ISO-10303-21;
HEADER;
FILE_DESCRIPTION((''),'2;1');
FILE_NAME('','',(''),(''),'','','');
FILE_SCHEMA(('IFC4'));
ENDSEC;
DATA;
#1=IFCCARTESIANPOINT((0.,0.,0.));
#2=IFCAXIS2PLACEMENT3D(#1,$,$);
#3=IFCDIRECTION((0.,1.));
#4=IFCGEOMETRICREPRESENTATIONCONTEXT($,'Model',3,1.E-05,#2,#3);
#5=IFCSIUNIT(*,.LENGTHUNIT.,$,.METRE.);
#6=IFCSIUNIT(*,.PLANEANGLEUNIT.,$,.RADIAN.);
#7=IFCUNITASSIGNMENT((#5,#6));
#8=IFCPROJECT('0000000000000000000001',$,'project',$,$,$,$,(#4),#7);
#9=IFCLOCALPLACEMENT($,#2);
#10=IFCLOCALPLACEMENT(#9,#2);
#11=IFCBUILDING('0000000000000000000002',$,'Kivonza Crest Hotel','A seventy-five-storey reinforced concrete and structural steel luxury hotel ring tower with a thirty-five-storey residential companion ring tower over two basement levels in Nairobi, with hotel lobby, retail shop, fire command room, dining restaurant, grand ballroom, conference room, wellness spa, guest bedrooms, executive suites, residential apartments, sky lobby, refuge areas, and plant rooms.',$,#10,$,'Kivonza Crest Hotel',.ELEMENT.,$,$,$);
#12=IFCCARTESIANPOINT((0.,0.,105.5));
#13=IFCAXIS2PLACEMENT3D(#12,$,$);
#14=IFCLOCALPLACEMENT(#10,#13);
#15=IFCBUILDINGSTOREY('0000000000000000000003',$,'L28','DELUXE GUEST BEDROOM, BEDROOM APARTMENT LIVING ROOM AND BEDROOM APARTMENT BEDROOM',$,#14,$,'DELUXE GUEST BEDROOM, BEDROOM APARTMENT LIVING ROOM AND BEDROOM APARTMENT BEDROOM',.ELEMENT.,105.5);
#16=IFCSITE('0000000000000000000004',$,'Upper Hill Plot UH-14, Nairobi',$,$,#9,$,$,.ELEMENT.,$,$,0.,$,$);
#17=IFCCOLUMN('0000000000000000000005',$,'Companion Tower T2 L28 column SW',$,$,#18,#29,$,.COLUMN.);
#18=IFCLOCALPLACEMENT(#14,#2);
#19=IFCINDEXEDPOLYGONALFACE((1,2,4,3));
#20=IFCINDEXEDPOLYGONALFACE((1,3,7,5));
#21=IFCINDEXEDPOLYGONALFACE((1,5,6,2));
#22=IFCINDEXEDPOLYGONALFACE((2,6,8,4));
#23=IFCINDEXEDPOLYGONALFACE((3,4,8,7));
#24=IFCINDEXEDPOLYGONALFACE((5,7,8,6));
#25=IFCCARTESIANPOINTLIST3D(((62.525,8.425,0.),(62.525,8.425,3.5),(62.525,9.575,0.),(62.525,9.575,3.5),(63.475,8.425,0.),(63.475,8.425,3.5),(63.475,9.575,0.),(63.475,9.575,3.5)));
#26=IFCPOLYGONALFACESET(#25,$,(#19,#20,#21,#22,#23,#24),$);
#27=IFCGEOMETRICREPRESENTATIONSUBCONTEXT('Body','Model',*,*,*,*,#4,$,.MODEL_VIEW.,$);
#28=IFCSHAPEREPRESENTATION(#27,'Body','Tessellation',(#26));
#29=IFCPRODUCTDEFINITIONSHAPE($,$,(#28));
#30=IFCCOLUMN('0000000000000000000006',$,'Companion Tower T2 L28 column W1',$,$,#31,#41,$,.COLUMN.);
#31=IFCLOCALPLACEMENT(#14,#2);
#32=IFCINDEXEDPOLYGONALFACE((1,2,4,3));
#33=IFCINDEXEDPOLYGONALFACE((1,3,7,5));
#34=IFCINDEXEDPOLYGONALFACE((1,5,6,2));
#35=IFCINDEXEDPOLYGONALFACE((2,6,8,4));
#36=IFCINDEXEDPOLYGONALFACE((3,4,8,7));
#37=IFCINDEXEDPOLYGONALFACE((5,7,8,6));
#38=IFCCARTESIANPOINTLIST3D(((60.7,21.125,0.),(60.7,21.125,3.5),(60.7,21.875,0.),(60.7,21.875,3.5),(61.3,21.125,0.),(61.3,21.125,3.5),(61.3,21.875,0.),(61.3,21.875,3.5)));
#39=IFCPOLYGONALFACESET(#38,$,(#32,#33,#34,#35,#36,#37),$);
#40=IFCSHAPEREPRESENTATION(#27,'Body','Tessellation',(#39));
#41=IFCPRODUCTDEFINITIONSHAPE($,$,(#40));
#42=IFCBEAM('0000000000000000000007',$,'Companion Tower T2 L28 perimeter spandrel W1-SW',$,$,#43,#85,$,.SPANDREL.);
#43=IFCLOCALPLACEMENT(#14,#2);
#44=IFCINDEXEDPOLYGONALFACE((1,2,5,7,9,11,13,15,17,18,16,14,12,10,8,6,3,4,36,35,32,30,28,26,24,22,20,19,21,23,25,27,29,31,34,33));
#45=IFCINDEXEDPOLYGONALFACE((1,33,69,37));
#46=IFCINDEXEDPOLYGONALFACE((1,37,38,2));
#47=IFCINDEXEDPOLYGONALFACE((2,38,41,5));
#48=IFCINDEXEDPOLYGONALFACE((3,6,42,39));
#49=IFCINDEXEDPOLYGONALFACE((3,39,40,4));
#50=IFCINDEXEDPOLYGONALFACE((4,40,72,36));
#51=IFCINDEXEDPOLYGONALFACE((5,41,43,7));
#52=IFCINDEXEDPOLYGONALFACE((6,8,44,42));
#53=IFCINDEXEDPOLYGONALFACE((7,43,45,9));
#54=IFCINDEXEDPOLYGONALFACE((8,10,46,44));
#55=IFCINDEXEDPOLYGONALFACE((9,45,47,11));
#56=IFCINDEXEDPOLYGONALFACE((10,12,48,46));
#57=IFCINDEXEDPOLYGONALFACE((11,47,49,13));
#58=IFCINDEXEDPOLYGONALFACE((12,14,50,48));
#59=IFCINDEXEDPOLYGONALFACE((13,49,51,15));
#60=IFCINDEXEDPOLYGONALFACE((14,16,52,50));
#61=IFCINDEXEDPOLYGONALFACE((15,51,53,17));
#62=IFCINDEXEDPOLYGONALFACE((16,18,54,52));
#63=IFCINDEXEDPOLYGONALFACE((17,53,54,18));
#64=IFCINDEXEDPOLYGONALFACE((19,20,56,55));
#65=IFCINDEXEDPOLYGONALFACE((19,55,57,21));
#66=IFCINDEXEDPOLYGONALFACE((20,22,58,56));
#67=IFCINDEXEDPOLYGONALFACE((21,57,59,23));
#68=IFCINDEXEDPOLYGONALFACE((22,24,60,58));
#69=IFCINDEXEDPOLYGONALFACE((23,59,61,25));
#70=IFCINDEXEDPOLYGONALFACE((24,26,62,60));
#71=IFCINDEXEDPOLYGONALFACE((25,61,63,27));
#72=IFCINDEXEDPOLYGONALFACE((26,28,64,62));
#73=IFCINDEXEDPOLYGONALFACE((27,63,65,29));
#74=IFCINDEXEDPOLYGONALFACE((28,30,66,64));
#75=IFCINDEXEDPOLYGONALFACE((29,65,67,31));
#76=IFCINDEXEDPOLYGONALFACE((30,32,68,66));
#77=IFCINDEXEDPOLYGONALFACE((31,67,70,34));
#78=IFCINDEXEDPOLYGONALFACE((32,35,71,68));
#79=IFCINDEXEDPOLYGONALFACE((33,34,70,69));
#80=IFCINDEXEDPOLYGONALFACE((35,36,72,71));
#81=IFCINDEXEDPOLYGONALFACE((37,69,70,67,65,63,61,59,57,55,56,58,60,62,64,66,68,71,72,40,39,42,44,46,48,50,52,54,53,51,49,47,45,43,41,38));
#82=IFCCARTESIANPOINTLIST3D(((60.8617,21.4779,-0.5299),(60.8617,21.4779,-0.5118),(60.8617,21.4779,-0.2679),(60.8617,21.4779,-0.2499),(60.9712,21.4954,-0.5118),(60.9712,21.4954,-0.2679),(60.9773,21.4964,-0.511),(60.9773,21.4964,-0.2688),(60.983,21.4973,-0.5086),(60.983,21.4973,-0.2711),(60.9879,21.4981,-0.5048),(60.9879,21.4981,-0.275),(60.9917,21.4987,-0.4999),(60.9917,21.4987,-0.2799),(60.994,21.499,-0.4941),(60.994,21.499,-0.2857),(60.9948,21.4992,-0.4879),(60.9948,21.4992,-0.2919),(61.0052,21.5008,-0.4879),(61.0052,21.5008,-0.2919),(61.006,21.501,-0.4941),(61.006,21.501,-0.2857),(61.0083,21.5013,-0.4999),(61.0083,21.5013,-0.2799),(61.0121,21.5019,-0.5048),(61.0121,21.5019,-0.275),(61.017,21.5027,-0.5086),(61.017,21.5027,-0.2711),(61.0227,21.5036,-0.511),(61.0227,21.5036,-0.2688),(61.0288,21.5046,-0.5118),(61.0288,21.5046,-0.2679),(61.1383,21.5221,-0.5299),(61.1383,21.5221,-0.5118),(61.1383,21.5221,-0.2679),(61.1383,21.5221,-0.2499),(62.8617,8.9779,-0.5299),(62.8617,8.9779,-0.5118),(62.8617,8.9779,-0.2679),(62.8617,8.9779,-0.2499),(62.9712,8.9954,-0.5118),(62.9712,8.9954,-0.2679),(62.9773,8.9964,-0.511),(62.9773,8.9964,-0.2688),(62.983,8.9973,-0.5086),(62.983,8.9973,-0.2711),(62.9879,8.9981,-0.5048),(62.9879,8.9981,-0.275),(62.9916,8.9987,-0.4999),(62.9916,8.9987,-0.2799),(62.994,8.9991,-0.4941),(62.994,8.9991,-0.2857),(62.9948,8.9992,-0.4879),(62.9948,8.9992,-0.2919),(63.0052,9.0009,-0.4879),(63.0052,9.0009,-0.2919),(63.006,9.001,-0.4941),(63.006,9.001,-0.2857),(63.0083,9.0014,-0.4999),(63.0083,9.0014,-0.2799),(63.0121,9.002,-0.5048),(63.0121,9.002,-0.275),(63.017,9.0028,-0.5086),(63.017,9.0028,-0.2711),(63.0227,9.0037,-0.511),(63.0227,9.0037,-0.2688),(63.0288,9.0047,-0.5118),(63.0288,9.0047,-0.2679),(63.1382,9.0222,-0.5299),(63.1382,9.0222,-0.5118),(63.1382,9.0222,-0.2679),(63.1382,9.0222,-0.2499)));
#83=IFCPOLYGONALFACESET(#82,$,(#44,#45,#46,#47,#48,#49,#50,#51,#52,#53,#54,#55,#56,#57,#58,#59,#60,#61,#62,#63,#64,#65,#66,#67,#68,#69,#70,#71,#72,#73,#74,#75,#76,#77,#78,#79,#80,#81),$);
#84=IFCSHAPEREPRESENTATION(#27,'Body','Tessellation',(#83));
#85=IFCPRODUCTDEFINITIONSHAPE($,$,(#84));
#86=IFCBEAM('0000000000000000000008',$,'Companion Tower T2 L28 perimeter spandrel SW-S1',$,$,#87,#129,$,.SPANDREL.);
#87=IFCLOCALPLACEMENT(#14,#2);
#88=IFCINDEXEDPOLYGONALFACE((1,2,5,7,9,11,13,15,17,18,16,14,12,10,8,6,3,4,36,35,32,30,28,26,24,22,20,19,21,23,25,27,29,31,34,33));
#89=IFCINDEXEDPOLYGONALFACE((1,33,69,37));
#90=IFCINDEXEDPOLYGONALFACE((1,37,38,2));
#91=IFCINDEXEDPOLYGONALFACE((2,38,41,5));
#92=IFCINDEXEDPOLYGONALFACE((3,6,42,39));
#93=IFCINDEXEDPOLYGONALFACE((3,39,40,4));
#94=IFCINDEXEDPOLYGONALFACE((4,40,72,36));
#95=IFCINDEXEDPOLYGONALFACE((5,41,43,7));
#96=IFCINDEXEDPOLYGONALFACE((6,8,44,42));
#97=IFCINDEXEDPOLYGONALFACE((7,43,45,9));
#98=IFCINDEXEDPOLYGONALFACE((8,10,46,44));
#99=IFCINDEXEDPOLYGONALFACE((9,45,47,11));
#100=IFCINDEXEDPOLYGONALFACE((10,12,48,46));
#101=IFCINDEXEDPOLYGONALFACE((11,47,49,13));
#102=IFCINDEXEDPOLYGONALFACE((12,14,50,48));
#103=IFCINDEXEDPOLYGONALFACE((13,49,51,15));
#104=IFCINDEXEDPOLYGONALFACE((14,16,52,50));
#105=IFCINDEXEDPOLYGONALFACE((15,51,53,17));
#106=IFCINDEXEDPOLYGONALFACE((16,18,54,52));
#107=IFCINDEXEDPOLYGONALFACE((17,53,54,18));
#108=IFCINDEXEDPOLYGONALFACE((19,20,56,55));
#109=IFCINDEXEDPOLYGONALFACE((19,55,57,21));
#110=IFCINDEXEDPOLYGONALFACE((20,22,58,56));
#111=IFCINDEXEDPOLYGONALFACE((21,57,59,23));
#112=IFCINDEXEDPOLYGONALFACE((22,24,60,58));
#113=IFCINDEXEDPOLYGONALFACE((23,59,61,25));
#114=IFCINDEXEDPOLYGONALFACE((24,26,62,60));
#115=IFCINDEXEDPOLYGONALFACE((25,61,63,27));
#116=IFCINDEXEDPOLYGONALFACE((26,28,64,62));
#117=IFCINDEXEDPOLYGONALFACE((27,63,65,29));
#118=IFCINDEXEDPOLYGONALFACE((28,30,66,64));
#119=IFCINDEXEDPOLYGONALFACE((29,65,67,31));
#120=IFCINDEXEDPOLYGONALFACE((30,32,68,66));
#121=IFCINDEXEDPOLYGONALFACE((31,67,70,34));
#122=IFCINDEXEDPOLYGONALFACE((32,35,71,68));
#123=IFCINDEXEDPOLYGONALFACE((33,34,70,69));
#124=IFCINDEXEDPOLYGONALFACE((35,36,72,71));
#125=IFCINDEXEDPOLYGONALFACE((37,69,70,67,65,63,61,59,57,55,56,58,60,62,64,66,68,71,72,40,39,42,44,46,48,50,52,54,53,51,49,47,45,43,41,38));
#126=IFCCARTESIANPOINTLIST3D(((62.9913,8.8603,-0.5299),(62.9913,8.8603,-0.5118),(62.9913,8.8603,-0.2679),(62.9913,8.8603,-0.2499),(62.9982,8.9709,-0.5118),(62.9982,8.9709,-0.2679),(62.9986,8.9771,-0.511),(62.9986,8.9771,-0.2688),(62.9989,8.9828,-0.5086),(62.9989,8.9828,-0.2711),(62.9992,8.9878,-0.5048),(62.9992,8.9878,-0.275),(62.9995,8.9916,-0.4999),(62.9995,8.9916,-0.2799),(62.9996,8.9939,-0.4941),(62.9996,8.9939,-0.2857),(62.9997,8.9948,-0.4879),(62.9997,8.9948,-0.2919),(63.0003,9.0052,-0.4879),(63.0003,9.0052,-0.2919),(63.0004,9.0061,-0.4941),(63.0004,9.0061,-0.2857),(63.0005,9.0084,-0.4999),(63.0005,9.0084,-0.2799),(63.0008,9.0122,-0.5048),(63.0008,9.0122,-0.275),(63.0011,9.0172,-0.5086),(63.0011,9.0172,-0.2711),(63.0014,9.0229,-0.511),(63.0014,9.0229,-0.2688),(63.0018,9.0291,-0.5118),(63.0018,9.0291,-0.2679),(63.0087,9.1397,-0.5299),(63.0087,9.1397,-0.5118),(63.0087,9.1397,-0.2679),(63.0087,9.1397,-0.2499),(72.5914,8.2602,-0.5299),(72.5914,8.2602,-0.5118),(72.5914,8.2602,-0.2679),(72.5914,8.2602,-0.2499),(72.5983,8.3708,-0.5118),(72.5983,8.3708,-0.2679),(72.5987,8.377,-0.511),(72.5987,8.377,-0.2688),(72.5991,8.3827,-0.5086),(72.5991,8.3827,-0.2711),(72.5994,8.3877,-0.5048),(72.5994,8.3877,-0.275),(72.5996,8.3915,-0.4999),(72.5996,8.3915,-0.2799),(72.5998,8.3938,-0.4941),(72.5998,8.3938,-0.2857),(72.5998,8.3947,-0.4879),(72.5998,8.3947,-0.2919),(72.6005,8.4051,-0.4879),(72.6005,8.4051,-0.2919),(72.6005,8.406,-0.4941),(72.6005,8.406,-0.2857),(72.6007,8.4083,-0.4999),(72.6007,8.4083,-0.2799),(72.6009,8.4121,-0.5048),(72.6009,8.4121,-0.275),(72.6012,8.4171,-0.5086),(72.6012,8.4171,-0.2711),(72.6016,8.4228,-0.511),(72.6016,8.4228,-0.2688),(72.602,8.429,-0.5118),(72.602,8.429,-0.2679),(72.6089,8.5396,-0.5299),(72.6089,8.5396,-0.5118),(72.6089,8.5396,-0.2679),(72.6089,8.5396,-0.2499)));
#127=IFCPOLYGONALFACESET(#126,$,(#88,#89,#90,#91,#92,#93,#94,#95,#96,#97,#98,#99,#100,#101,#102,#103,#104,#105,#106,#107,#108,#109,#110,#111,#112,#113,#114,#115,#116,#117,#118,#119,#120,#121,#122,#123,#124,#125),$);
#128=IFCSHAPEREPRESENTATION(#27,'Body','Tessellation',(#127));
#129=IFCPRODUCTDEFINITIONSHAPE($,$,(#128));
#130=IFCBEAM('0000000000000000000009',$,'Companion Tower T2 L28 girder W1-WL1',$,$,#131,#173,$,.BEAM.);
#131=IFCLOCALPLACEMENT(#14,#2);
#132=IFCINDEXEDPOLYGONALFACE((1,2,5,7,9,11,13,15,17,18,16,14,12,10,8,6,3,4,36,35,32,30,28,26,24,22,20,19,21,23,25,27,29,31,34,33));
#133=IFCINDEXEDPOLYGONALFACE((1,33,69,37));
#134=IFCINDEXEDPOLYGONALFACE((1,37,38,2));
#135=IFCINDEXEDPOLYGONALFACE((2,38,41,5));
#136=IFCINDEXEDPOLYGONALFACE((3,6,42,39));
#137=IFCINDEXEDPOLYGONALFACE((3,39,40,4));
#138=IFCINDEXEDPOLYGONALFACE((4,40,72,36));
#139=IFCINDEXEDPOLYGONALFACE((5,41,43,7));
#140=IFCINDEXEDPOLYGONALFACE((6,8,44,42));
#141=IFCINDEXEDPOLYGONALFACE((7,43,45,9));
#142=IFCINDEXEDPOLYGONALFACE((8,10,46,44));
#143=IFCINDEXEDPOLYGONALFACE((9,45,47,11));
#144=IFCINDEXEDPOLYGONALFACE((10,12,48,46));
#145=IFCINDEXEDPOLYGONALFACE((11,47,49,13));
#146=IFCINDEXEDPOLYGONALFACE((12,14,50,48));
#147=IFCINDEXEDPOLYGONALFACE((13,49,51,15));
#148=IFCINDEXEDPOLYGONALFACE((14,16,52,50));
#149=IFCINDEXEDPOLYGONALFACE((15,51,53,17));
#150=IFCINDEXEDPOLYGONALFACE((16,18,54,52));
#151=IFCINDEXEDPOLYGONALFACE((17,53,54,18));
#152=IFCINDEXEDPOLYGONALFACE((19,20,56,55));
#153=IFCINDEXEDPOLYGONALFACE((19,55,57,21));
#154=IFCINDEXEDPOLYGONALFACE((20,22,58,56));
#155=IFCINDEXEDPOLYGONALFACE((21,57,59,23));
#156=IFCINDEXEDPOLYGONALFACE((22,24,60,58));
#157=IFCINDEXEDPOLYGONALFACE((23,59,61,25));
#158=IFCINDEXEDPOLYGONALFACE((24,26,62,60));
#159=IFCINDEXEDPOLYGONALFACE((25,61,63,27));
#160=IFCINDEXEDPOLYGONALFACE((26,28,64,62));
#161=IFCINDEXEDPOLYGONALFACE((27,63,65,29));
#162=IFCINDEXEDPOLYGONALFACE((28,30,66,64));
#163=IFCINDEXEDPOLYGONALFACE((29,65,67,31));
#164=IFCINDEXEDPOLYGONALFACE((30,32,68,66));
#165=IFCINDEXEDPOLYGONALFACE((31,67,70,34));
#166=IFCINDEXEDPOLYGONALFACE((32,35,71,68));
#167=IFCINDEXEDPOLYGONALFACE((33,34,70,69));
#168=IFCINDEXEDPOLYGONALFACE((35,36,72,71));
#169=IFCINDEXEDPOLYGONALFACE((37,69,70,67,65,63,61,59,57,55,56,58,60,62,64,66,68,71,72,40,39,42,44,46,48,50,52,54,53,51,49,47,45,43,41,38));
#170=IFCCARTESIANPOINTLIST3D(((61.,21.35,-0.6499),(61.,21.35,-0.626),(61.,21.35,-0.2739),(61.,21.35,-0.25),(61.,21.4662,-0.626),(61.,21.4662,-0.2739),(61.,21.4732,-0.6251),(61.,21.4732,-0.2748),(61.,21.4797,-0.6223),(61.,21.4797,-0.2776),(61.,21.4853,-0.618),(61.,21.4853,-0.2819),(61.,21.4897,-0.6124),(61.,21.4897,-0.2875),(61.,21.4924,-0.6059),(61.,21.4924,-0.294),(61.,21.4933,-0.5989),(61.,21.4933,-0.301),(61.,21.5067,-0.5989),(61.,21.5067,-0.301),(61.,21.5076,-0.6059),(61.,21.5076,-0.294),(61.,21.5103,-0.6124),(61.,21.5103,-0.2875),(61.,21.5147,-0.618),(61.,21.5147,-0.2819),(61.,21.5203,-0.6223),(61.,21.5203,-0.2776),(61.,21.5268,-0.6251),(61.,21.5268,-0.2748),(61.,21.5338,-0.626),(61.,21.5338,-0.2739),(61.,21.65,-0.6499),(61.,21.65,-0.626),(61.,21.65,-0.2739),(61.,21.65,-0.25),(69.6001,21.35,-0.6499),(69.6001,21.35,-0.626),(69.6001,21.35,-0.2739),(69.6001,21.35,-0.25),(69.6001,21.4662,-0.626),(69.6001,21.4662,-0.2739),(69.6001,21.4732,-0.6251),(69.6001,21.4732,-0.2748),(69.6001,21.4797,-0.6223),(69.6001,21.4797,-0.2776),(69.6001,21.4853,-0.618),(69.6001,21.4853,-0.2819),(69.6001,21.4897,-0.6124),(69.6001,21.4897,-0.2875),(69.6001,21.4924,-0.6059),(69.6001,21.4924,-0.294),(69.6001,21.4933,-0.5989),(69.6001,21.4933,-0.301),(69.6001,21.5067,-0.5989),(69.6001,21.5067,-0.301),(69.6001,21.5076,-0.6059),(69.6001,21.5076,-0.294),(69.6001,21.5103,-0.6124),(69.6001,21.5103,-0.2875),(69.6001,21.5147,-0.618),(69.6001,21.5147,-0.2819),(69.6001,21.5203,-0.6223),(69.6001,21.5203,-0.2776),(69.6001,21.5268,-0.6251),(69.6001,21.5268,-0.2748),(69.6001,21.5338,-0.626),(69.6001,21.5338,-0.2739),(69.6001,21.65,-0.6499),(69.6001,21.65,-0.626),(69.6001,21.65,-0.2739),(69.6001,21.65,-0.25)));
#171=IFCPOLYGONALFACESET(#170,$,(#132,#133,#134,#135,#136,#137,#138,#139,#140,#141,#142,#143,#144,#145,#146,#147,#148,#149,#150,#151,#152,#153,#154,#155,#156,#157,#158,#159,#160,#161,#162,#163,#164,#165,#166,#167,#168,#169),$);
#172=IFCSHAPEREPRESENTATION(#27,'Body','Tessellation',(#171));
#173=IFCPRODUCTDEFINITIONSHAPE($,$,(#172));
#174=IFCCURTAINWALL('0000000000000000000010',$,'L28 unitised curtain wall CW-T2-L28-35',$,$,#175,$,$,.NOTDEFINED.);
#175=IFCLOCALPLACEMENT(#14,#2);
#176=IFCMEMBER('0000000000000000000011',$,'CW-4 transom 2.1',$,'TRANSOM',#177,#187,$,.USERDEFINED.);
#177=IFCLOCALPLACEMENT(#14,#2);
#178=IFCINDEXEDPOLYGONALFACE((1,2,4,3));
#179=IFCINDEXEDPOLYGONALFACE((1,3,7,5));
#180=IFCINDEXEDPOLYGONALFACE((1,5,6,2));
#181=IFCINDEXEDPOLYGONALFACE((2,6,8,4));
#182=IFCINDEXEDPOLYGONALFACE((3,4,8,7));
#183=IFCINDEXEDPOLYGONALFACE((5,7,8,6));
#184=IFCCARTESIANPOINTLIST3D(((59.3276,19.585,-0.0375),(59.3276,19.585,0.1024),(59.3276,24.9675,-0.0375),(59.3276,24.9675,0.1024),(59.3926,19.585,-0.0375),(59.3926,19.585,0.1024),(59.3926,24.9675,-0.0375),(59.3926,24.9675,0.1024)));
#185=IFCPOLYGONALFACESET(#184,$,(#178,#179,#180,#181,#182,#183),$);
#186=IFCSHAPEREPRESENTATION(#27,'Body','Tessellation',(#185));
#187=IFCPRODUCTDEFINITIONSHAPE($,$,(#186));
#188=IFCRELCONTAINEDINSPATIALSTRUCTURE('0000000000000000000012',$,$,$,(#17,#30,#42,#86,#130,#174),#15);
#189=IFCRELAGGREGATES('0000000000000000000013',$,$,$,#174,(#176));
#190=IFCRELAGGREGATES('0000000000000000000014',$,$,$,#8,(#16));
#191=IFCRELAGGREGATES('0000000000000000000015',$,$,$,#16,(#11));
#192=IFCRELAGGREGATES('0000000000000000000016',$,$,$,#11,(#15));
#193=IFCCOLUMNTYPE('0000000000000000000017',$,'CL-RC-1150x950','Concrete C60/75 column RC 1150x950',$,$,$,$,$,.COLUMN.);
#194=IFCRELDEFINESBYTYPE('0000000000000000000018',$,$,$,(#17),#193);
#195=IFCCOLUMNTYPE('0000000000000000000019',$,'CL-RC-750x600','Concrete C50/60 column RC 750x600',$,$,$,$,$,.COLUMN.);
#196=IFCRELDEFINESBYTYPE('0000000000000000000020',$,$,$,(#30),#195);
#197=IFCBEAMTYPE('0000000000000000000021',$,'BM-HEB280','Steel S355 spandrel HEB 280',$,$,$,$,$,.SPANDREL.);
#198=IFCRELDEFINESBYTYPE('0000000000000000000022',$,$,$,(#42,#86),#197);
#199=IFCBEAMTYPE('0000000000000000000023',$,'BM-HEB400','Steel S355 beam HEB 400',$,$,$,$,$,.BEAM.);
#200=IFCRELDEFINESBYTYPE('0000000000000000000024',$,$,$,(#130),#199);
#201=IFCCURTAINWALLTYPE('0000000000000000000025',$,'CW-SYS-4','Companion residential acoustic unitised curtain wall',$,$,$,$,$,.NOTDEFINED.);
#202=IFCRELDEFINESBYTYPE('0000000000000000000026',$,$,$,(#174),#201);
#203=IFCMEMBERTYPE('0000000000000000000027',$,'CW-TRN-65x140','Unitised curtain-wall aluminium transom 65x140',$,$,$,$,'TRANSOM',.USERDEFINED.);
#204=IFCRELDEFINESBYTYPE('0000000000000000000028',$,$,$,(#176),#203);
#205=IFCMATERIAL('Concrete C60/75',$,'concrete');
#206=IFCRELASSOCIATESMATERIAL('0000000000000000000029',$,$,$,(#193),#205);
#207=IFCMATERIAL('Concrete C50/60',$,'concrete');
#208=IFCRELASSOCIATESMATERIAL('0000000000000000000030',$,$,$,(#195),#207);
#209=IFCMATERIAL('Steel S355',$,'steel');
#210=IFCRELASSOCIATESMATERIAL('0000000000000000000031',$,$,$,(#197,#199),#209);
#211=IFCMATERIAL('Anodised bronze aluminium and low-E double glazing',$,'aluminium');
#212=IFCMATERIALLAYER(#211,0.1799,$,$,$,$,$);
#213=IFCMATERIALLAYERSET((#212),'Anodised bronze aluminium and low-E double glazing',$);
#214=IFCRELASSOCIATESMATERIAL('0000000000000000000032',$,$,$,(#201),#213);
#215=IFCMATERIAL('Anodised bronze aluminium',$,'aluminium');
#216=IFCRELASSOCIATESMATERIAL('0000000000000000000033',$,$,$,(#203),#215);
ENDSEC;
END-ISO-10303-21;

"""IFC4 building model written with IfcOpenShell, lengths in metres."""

from ifc_helpers import new_model, si_unit, direction, frame, origin, origin_2d, place, context, subcontext, project, spatial, rectangle, i_section, extrude, material, layer, layer_set, material_profile, profile_set, type_object, element, aggregate, save


model = new_model("IFC4")

# Units and contexts
model_context = context("Model", 3, precision=1e-05, world=origin(), true_north=direction((0.0, 1.0)))
body_context = subcontext(model_context, "Body", "Model", "MODEL_VIEW")
ifc_project = project(units=[si_unit("LENGTHUNIT", "METRE"), si_unit("PLANEANGLEUNIT", "RADIAN")], contexts=[model_context])

# Site, building, storey
site_placement = place(None, origin())
site = spatial("IfcSite", under=ifc_project, at=site_placement, Name="Upper Hill Plot UH-14, Nairobi", CompositionType="ELEMENT", RefElevation=0.0)
building_placement = place(site_placement, origin())
building = spatial("IfcBuilding", under=site, at=building_placement, Name="Kivonza Crest Hotel", Description="A seventy-five-storey reinforced concrete and structural steel luxury hotel ring tower with a thirty-five-storey residential companion ring tower over two basement levels in Nairobi, with hotel lobby, retail shop, fire command room, dining restaurant, grand ballroom, conference room, wellness spa, guest bedrooms, executive suites, residential apartments, sky lobby, refuge areas, and plant rooms.", LongName="Kivonza Crest Hotel", CompositionType="ELEMENT")
storey_placement = place(building_placement, frame((0.0, 0.0, 105.5)))
storey = spatial("IfcBuildingStorey", under=building, at=storey_placement, Name="L28", Description="DELUXE GUEST BEDROOM, BEDROOM APARTMENT LIVING ROOM AND BEDROOM APARTMENT BEDROOM", LongName="DELUXE GUEST BEDROOM, BEDROOM APARTMENT LIVING ROOM AND BEDROOM APARTMENT BEDROOM", CompositionType="ELEMENT", Elevation=105.5)

# Columns
ifc_material_1 = material(Name="Concrete C60/75", Category="concrete")
ifc_material_profile_1 = material_profile(ifc_material_1, rectangle(XDim=0.95, YDim=1.1499, at=origin_2d()), Name="RC 1150x950")
ifc_profile_set_1 = profile_set([ifc_material_profile_1], Name="Concrete C60/75")
column_type_1 = type_object("IfcColumnType", Name="CL-RC-1150x950", Description="Concrete C60/75 column RC 1150x950", PredefinedType="COLUMN", material=ifc_profile_set_1)
column_1_placement = place(storey_placement, frame((63.0, 9.0, 0.0), z_axis=(0.0, 0.0, 1.0), x_axis=(1.0, 0.0, 0.0)))
element("IfcColumn", 1, at=column_1_placement, inside=storey, type_object=column_type_1, Name="Companion Tower T2 L28 column SW", PredefinedType="COLUMN", context=body_context, shape_type="SweptSolid", body=[
    extrude(rectangle(XDim=0.95, YDim=1.1499, at=origin_2d()), origin(), (0.0, 0.0, 1.0), 3.5),
])
ifc_material_2 = material(Name="Concrete C50/60", Category="concrete")
ifc_material_profile_2 = material_profile(ifc_material_2, rectangle(XDim=0.6001, YDim=0.75, at=origin_2d()), Name="RC 750x600")
ifc_profile_set_2 = profile_set([ifc_material_profile_2], Name="Concrete C50/60")
column_type_2 = type_object("IfcColumnType", Name="CL-RC-750x600", Description="Concrete C50/60 column RC 750x600", PredefinedType="COLUMN", material=ifc_profile_set_2)
column_2_placement = place(storey_placement, frame((61.0, 21.5, 0.0), z_axis=(0.0, 0.0, 1.0), x_axis=(1.0, 0.0, 0.0)))
element("IfcColumn", 2, at=column_2_placement, inside=storey, type_object=column_type_2, Name="Companion Tower T2 L28 column W1", PredefinedType="COLUMN", context=body_context, shape_type="SweptSolid", body=[
    extrude(rectangle(XDim=0.6001, YDim=0.75, at=origin_2d()), origin(), (0.0, 0.0, 1.0), 3.5),
])

# Beams
ifc_material_3 = material(Name="Steel S355", Category="steel")
ifc_material_profile_3 = material_profile(ifc_material_3, i_section(OverallWidth=0.28, OverallDepth=0.28, WebThickness=0.0105, FlangeThickness=0.0181, FilletRadius=0.0239, at=origin_2d()), Name="HEB 280")
ifc_profile_set_3 = profile_set([ifc_material_profile_3], Name="Steel S355")
beam_type_1 = type_object("IfcBeamType", Name="BM-HEB280", Description="Steel S355 spandrel HEB 280", PredefinedType="SPANDREL", material=ifc_profile_set_3)
beam_1_placement = place(storey_placement, frame((61.0, 21.5, -0.3899), z_axis=(0.157991, -0.987441, 0.0), x_axis=(0.987441, 0.157991, 0.0)))
element("IfcBeam", 3, at=beam_1_placement, inside=storey, type_object=beam_type_1, Name="Companion Tower T2 L28 perimeter spandrel W1-SW", PredefinedType="SPANDREL", context=body_context, shape_type="SweptSolid", body=[
    extrude(i_section(OverallWidth=0.28, OverallDepth=0.28, WebThickness=0.0105, FlangeThickness=0.0181, FilletRadius=0.0239, at=origin_2d()), origin(), (0.0, 0.0, 1.0), 12.6589),
])
beam_2_placement = place(storey_placement, frame((63.0, 9.0, -0.3899), z_axis=(0.998052, -0.062388, 0.0), x_axis=(0.062388, 0.998052, 0.0)))
element("IfcBeam", 4, at=beam_2_placement, inside=storey, type_object=beam_type_1, Name="Companion Tower T2 L28 perimeter spandrel SW-S1", PredefinedType="SPANDREL", context=body_context, shape_type="SweptSolid", body=[
    extrude(i_section(OverallWidth=0.28, OverallDepth=0.28, WebThickness=0.0105, FlangeThickness=0.0181, FilletRadius=0.0239, at=origin_2d()), origin(), (0.0, 0.0, 1.0), 9.6189),
])
ifc_material_profile_4 = material_profile(ifc_material_3, i_section(OverallWidth=0.3, OverallDepth=0.3999, WebThickness=0.0134, FlangeThickness=0.0239, FilletRadius=0.0271, at=origin_2d()), Name="HEB 400")
ifc_profile_set_4 = profile_set([ifc_material_profile_4], Name="Steel S355")
beam_type_2 = type_object("IfcBeamType", Name="BM-HEB400", Description="Steel S355 beam HEB 400", PredefinedType="BEAM", material=ifc_profile_set_4)
beam_3_placement = place(storey_placement, frame((61.0, 21.5, -0.45), z_axis=(1.0, 0.0, 0.0), x_axis=(0.0, 1.0, 0.0)))
element("IfcBeam", 5, at=beam_3_placement, inside=storey, type_object=beam_type_2, Name="Companion Tower T2 L28 girder W1-WL1", PredefinedType="BEAM", context=body_context, shape_type="SweptSolid", body=[
    extrude(i_section(OverallWidth=0.3, OverallDepth=0.3999, WebThickness=0.0134, FlangeThickness=0.0239, FilletRadius=0.0271, at=origin_2d()), origin(), (0.0, 0.0, 1.0), 8.6001),
])

# Curtain wall, member
ifc_material_4 = material(Name="Anodised bronze aluminium and low-E double glazing", Category="aluminium")
ifc_layer_1 = layer(ifc_material_4, 0.1799)
ifc_layer_set_1 = layer_set([ifc_layer_1], Name="Anodised bronze aluminium and low-E double glazing")
curtain_wall_type = type_object("IfcCurtainWallType", Name="CW-SYS-4", Description="Companion residential acoustic unitised curtain wall", PredefinedType="NOTDEFINED", material=ifc_layer_set_1)
curtain_wall_placement = place(storey_placement, origin())
curtain_wall = element("IfcCurtainWall", 6, at=curtain_wall_placement, inside=storey, type_object=curtain_wall_type, Name="L28 unitised curtain wall CW-T2-L28-35", PredefinedType="NOTDEFINED")
ifc_material_5 = material(Name="Anodised bronze aluminium", Category="aluminium")
ifc_material_profile_5 = material_profile(ifc_material_5, rectangle(XDim=0.0649, YDim=0.1399, at=origin_2d()), Name="CW-T 65x140")
ifc_profile_set_5 = profile_set([ifc_material_profile_5], Name="Anodised bronze aluminium")
member_type = type_object("IfcMemberType", Name="CW-TRN-65x140", Description="Unitised curtain-wall aluminium transom 65x140", ElementType="TRANSOM", PredefinedType="USERDEFINED", material=ifc_profile_set_5)
member_1_placement = place(storey_placement, frame((59.3601, 24.9675, 0.0325), z_axis=(0.0, -1.0, 0.0), x_axis=(1.0, 0.0, 0.0)))
member_1 = element("IfcMember", 7, at=member_1_placement, type_object=member_type, Name="CW-4 transom 2.1", ObjectType="TRANSOM", PredefinedType="USERDEFINED", context=body_context, shape_type="SweptSolid", body=[
    extrude(rectangle(XDim=0.0649, YDim=0.1399, at=origin_2d()), origin(), (0.0, 0.0, 1.0), 5.3826),
])
aggregate(curtain_wall, [member_1])

save(model, "model.ifc")
